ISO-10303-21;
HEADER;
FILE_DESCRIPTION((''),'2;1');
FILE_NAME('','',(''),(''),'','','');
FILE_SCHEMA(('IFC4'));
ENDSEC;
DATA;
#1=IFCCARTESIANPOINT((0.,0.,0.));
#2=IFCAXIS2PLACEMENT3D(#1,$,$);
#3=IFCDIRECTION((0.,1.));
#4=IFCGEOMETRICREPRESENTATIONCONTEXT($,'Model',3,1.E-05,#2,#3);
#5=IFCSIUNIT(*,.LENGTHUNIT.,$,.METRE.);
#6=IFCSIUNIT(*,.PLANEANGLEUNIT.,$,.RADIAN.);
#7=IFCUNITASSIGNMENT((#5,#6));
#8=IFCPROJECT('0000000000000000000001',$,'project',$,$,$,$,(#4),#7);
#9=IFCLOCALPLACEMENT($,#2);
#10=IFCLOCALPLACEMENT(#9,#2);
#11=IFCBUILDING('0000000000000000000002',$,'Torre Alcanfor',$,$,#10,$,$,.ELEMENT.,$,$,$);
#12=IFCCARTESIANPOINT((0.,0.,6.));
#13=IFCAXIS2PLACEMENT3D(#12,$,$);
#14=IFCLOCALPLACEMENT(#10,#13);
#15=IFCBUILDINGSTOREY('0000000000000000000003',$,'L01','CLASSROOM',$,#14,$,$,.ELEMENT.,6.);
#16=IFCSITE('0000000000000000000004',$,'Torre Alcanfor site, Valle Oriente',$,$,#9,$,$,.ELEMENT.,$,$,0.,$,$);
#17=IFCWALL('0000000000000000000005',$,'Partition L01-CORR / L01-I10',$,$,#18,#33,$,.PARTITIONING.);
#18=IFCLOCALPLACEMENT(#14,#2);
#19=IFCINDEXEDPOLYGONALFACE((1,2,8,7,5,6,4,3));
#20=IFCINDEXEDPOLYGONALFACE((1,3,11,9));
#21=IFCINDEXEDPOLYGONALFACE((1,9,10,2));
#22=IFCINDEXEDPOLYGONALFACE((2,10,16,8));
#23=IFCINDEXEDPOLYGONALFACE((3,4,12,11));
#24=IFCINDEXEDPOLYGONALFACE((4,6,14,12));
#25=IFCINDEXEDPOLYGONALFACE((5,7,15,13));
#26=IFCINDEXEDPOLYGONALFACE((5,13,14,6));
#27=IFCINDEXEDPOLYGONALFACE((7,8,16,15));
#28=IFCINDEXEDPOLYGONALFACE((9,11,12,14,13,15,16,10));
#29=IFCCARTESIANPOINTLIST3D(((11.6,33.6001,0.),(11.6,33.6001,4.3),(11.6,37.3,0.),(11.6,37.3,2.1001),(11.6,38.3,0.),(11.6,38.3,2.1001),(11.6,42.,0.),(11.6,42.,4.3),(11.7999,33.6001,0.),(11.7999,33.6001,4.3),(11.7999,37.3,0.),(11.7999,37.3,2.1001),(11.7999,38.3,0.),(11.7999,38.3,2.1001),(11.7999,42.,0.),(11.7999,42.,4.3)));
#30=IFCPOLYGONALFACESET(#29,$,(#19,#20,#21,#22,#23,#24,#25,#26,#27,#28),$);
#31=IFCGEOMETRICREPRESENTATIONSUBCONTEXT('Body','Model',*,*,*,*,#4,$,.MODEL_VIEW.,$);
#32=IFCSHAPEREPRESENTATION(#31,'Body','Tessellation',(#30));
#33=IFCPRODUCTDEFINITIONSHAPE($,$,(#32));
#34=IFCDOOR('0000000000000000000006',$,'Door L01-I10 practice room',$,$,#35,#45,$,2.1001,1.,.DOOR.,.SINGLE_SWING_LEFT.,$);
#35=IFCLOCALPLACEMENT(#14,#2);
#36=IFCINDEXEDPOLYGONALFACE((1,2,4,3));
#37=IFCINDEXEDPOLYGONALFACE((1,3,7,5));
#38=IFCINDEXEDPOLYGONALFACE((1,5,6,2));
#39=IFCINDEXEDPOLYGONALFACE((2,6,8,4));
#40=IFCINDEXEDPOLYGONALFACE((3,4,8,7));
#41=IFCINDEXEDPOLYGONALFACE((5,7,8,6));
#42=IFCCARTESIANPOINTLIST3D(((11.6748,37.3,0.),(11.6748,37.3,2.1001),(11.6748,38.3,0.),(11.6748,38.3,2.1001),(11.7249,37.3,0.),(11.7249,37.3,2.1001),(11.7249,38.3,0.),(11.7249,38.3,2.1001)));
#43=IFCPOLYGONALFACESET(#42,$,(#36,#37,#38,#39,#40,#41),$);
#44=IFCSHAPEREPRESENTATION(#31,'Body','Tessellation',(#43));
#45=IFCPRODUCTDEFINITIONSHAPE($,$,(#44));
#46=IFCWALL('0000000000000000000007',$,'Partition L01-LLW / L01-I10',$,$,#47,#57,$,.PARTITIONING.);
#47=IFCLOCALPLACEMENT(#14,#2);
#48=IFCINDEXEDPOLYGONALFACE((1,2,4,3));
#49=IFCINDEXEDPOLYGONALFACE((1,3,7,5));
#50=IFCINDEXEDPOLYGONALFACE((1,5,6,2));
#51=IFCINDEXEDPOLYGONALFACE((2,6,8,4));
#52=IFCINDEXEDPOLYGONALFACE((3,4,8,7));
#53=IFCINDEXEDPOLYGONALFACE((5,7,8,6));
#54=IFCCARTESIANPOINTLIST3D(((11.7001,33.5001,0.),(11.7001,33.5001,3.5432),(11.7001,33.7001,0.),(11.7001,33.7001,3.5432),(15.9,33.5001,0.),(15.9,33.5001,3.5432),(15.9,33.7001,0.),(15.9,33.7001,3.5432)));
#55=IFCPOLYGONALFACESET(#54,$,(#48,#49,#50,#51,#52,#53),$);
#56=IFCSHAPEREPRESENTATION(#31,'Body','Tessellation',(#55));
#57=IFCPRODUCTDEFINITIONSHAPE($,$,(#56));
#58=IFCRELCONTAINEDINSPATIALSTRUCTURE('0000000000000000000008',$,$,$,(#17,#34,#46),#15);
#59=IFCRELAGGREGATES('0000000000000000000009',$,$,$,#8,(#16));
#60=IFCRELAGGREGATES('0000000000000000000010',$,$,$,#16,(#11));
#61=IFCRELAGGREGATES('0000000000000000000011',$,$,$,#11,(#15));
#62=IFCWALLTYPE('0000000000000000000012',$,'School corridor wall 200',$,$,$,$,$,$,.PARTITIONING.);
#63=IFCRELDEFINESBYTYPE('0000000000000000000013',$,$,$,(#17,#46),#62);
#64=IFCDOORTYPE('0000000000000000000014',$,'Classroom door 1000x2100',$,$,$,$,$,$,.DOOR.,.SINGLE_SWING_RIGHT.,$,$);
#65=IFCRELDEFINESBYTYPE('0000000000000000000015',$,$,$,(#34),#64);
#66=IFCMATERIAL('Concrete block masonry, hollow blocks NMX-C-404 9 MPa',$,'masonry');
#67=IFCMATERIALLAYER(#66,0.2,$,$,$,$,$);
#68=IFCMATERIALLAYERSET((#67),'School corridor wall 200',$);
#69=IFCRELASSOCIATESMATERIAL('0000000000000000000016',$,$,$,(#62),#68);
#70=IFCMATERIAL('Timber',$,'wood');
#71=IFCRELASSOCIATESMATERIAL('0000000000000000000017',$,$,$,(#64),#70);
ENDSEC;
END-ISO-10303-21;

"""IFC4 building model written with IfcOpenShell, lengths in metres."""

from ifc_helpers import new_model, si_unit, direction, frame, frame_2d, origin, place, context, subcontext, project, spatial, rectangle, extrude, material, layer, layer_set, type_object, element, fill, save


model = new_model("IFC4")

# Units and contexts
model_context = context("Model", 3, precision=1e-05, world=origin(), true_north=direction((0.0, 1.0)))
body_context = subcontext(model_context, "Body", "Model", "MODEL_VIEW")
ifc_project = project(units=[si_unit("LENGTHUNIT", "METRE"), si_unit("PLANEANGLEUNIT", "RADIAN")], contexts=[model_context])

# Site, building, storey
site_placement = place(None, origin())
site = spatial("IfcSite", under=ifc_project, at=site_placement, Name="Torre Alcanfor site, Valle Oriente", CompositionType="ELEMENT", RefElevation=0.0)
building_placement = place(site_placement, origin())
building = spatial("IfcBuilding", under=site, at=building_placement, Name="Torre Alcanfor", CompositionType="ELEMENT")
storey_placement = place(building_placement, frame((0.0, 0.0, 6.0)))
storey = spatial("IfcBuildingStorey", under=building, at=storey_placement, Name="L01", Description="CLASSROOM", CompositionType="ELEMENT", Elevation=6.0)

# Wall, opening, door
ifc_material_1 = material(Name="Concrete block masonry, hollow blocks NMX-C-404 9 MPa", Category="masonry")
ifc_layer_1 = layer(ifc_material_1, 0.2)
ifc_layer_set_1 = layer_set([ifc_layer_1], Name="School corridor wall 200")
wall_type_1 = type_object("IfcWallType", Name="School corridor wall 200", PredefinedType="PARTITIONING", material=ifc_layer_set_1)
ifc_material_2 = material(Name="Timber", Category="wood")
door_type_1 = type_object("IfcDoorType", Name="Classroom door 1000x2100", OperationType="SINGLE_SWING_RIGHT", PredefinedType="DOOR", material=ifc_material_2)
wall_1_placement = place(storey_placement, frame((11.7, 42.0, 0.0), z_axis=(0.0, 0.0, 1.0), x_axis=(0.0, -1.0, 0.0)))
wall_1 = element("IfcWall", 1, at=wall_1_placement, inside=storey, type_object=wall_type_1, Name="Partition L01-CORR / L01-I10", PredefinedType="PARTITIONING", context=body_context, shape_type="SweptSolid", body=[
    extrude(rectangle(XDim=8.3999, YDim=0.2, at=frame_2d((4.2, 0.0))), origin(), (0.0, 0.0, 1.0), 4.3),
])
opening_1_placement = place(wall_1_placement, frame((3.7, 0.0, 0.0)))
opening_1 = element("IfcOpeningElement", 2, at=opening_1_placement, cuts=wall_1, PredefinedType="OPENING", context=body_context, shape_type="SweptSolid", body=[
    extrude(rectangle(XDim=1.0, YDim=2.1001, at=frame_2d((0.5, 1.05))), frame((0.0, 0.1099, 0.0), z_axis=(0.0, -1.0, 0.0), x_axis=(1.0, 0.0, 0.0)), (0.0, 0.0, 1.0), 0.22),
])
door_1_placement = place(opening_1_placement, origin())
door_1 = element("IfcDoor", 3, at=door_1_placement, inside=storey, type_object=door_type_1, Name="Door L01-I10 practice room", OperationType="SINGLE_SWING_LEFT", OverallHeight=2.1001, OverallWidth=1.0, PredefinedType="DOOR", context=body_context, shape_type="SweptSolid", body=[
    extrude(rectangle(XDim=1.0, YDim=2.1001, at=frame_2d((0.5, 1.05))), frame((0.0, 0.0249, 0.0), z_axis=(0.0, -1.0, 0.0), x_axis=(1.0, 0.0, 0.0)), (0.0, 0.0, 1.0), 0.05),
])
fill(opening_1, door_1)

# Wall
wall_2_placement = place(storey_placement, frame((11.7, 33.6001, 0.0), z_axis=(0.0, 0.0, 1.0), x_axis=(1.0, 0.0, 0.0)))
element("IfcWall", 4, at=wall_2_placement, inside=storey, type_object=wall_type_1, Name="Partition L01-LLW / L01-I10", PredefinedType="PARTITIONING", context=body_context, shape_type="SweptSolid", body=[
    extrude(rectangle(XDim=4.2, YDim=0.2, at=frame_2d((2.1001, 0.0))), origin(), (0.0, 0.0, 1.0), 3.5432),
])

save(model, "model.ifc")
